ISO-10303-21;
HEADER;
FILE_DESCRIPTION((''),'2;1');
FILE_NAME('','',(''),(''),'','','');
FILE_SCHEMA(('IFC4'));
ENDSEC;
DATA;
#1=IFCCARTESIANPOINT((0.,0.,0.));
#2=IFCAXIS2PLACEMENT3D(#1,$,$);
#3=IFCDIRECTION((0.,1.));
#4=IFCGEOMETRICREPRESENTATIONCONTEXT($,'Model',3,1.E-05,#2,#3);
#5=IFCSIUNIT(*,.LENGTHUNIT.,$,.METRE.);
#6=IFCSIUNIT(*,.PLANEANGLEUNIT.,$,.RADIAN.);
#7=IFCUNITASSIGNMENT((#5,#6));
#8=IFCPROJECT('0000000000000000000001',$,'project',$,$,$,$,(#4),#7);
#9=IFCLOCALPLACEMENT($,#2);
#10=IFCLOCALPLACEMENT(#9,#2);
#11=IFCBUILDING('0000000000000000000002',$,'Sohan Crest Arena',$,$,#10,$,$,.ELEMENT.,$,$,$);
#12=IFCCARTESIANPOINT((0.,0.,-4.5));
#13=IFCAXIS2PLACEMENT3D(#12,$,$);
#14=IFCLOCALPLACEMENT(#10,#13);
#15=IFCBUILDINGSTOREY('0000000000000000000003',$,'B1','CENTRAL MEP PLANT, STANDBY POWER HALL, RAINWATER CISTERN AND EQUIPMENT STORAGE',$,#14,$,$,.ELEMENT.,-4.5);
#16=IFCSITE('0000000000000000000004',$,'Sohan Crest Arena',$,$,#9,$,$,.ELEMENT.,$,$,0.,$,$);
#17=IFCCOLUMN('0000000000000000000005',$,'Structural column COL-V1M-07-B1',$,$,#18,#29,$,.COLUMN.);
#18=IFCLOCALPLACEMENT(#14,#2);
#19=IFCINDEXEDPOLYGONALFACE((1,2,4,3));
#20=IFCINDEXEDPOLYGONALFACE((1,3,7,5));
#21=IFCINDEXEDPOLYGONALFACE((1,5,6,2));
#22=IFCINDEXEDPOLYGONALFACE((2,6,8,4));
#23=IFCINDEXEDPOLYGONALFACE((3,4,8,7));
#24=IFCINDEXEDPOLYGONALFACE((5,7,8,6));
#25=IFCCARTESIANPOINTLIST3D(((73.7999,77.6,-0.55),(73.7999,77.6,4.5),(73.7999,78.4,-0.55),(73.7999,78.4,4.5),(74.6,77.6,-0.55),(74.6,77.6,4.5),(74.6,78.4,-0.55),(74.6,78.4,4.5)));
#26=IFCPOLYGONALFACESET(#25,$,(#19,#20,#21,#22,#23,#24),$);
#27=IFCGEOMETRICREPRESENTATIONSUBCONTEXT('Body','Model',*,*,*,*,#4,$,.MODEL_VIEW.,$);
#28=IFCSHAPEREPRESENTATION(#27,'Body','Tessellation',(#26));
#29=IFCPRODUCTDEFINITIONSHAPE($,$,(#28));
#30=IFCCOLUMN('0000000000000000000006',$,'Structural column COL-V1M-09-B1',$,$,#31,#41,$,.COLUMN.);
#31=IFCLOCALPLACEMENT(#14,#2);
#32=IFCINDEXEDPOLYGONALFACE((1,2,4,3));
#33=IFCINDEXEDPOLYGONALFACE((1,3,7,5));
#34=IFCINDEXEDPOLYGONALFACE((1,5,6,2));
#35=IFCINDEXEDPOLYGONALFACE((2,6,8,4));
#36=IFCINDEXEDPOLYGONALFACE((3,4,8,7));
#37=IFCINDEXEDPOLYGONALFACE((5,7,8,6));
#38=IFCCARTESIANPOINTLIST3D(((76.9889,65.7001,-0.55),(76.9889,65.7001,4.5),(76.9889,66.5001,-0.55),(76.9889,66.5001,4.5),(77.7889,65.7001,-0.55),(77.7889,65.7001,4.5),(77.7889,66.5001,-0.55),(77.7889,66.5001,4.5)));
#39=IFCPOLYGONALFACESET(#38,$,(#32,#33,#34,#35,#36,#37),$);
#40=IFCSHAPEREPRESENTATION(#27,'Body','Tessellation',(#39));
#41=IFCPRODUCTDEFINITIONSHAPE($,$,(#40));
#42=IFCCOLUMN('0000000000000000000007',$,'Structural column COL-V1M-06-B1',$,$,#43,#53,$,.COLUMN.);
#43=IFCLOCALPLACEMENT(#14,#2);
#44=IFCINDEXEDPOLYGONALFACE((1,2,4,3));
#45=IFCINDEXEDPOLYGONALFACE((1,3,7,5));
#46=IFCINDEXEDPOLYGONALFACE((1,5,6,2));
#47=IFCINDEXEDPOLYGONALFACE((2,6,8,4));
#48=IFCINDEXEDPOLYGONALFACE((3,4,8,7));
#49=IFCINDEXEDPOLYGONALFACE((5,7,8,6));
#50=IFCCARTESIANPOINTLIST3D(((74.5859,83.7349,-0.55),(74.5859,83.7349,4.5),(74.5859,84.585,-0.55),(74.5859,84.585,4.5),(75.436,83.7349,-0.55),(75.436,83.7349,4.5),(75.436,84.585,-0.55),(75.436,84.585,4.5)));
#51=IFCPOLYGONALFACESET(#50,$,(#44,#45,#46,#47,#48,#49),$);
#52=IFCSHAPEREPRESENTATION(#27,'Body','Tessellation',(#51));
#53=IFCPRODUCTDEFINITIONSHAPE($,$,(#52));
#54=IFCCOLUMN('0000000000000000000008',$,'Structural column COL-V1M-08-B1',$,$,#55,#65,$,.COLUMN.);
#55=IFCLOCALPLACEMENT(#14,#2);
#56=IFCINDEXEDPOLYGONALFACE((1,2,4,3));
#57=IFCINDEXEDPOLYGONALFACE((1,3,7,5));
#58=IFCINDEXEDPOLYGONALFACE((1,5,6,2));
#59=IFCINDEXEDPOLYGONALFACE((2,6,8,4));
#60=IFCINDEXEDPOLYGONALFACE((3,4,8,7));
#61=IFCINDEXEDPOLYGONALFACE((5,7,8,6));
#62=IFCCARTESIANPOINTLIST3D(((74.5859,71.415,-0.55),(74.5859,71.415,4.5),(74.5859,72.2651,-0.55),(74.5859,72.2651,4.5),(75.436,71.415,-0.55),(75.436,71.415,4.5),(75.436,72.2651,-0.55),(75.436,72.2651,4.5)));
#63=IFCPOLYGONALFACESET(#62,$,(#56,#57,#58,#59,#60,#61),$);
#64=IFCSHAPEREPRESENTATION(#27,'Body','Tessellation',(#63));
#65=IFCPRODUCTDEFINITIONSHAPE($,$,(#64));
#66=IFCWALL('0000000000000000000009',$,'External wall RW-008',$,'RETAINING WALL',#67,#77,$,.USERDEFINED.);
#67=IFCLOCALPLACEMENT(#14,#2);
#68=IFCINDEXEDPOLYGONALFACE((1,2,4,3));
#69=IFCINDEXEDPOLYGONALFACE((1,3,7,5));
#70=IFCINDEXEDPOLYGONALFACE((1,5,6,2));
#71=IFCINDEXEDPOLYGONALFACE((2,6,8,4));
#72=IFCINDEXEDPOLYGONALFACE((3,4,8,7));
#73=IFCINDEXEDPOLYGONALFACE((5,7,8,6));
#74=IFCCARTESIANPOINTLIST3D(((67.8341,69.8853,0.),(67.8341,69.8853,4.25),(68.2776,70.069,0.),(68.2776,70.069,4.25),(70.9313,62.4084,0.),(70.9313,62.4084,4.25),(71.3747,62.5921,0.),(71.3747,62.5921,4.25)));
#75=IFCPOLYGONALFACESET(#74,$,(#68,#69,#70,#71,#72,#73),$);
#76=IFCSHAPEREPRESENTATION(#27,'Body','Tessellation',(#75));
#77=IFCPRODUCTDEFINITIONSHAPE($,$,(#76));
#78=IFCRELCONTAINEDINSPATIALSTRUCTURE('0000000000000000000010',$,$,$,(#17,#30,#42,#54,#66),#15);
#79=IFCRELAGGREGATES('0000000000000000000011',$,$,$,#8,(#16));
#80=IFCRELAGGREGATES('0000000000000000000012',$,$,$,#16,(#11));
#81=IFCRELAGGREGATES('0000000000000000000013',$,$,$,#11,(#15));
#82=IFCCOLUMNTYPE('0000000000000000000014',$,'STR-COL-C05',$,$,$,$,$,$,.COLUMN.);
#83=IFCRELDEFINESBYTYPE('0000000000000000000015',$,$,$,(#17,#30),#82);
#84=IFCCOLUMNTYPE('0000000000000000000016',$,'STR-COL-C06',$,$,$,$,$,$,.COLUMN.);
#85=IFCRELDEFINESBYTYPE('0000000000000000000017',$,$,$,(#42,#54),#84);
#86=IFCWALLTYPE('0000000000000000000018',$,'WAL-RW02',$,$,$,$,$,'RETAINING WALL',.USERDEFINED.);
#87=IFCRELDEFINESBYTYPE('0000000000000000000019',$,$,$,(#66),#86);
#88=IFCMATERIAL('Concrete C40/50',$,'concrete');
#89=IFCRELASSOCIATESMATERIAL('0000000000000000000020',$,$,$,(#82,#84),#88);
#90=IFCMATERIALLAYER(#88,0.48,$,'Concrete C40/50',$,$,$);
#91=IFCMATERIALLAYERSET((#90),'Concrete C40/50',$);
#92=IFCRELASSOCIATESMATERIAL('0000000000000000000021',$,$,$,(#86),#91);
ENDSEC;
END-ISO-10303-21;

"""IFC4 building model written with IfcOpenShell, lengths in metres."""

from ifc_helpers import new_model, si_unit, direction, frame, frame_2d, origin, origin_2d, place, context, subcontext, project, spatial, rectangle, extrude, material, layer, layer_set, material_profile, profile_set, type_object, element, save


model = new_model("IFC4")

# Units and contexts
model_context = context("Model", 3, precision=1e-05, world=origin(), true_north=direction((0.0, 1.0)))
body_context = subcontext(model_context, "Body", "Model", "MODEL_VIEW")
ifc_project = project(units=[si_unit("LENGTHUNIT", "METRE"), si_unit("PLANEANGLEUNIT", "RADIAN")], contexts=[model_context])

# Site, building, storey
site_placement = place(None, origin())
site = spatial("IfcSite", under=ifc_project, at=site_placement, Name="Sohan Crest Arena", CompositionType="ELEMENT", RefElevation=0.0)
building_placement = place(site_placement, origin())
building = spatial("IfcBuilding", under=site, at=building_placement, Name="Sohan Crest Arena", CompositionType="ELEMENT")
storey_placement = place(building_placement, frame((0.0, 0.0, -4.5)))
storey = spatial("IfcBuildingStorey", under=building, at=storey_placement, Name="B1", Description="CENTRAL MEP PLANT, STANDBY POWER HALL, RAINWATER CISTERN AND EQUIPMENT STORAGE", CompositionType="ELEMENT", Elevation=-4.5)

# Shared definitions
ifc_material = material(Name="Concrete C40/50", Category="concrete")

# Columns
ifc_material_profile_1 = material_profile(ifc_material, rectangle(XDim=0.8, YDim=0.8, at=origin_2d()), Name="RC 800x800")
ifc_profile_set_1 = profile_set([ifc_material_profile_1], Name="Concrete C40/50")
column_type_1 = type_object("IfcColumnType", Name="STR-COL-C05", PredefinedType="COLUMN", material=ifc_profile_set_1)
for number, where, z_axis, x_axis, name in (
    (1, (74.2, 78.0, -0.55), (0.0, 0.0, 1.0), (1.0, 0.0, 0.0), "Structural column COL-V1M-07-B1"),
    (2, (77.3889, 66.1001, -0.55), (0.0, 0.0, 1.0), (1.0, 0.0, 0.0), "Structural column COL-V1M-09-B1"),
):
    element("IfcColumn", number, at=place(storey_placement, frame(where, z_axis=z_axis, x_axis=x_axis)), inside=storey, type_object=column_type_1, Name=name, PredefinedType="COLUMN", context=body_context, shape_type="SweptSolid", body=[
        extrude(rectangle(XDim=0.8, YDim=0.8, at=origin_2d()), origin(), (0.0, 0.0, 1.0), 5.05),
    ])
ifc_material_profile_2 = material_profile(ifc_material, rectangle(XDim=0.8501, YDim=0.8501, at=origin_2d()), Name="RC 850x850")
ifc_profile_set_2 = profile_set([ifc_material_profile_2], Name="Concrete C40/50")
column_type_2 = type_object("IfcColumnType", Name="STR-COL-C06", PredefinedType="COLUMN", material=ifc_profile_set_2)
for number, where, z_axis, x_axis, name in (
    (3, (75.011, 84.1599, -0.55), (0.0, 0.0, 1.0), (1.0, 0.0, 0.0), "Structural column COL-V1M-06-B1"),
    (4, (75.011, 71.8401, -0.55), (0.0, 0.0, 1.0), (1.0, 0.0, 0.0), "Structural column COL-V1M-08-B1"),
):
    element("IfcColumn", number, at=place(storey_placement, frame(where, z_axis=z_axis, x_axis=x_axis)), inside=storey, type_object=column_type_2, Name=name, PredefinedType="COLUMN", context=body_context, shape_type="SweptSolid", body=[
        extrude(rectangle(XDim=0.8501, YDim=0.8501, at=origin_2d()), origin(), (0.0, 0.0, 1.0), 5.05),
    ])

# Wall
ifc_layer = layer(ifc_material, 0.48, Name="Concrete C40/50")
ifc_layer_set = layer_set([ifc_layer], Name="Concrete C40/50")
wall_type = type_object("IfcWallType", Name="WAL-RW02", ElementType="RETAINING WALL", PredefinedType="USERDEFINED", material=ifc_layer_set)
wall_placement = place(storey_placement, frame((68.0559, 69.9771, 0.0), z_axis=(0.0, 0.0, 1.0), x_axis=(0.382691, -0.923876, 0.0)))
element("IfcWall", 5, at=wall_placement, inside=storey, type_object=wall_type, Name="External wall RW-008", ObjectType="RETAINING WALL", PredefinedType="USERDEFINED", context=body_context, shape_type="SweptSolid", body=[
    extrude(rectangle(XDim=8.093, YDim=0.48, at=frame_2d((4.0464, 0.0))), origin(), (0.0, 0.0, 1.0), 4.25),
])

save(model, "model.ifc")
